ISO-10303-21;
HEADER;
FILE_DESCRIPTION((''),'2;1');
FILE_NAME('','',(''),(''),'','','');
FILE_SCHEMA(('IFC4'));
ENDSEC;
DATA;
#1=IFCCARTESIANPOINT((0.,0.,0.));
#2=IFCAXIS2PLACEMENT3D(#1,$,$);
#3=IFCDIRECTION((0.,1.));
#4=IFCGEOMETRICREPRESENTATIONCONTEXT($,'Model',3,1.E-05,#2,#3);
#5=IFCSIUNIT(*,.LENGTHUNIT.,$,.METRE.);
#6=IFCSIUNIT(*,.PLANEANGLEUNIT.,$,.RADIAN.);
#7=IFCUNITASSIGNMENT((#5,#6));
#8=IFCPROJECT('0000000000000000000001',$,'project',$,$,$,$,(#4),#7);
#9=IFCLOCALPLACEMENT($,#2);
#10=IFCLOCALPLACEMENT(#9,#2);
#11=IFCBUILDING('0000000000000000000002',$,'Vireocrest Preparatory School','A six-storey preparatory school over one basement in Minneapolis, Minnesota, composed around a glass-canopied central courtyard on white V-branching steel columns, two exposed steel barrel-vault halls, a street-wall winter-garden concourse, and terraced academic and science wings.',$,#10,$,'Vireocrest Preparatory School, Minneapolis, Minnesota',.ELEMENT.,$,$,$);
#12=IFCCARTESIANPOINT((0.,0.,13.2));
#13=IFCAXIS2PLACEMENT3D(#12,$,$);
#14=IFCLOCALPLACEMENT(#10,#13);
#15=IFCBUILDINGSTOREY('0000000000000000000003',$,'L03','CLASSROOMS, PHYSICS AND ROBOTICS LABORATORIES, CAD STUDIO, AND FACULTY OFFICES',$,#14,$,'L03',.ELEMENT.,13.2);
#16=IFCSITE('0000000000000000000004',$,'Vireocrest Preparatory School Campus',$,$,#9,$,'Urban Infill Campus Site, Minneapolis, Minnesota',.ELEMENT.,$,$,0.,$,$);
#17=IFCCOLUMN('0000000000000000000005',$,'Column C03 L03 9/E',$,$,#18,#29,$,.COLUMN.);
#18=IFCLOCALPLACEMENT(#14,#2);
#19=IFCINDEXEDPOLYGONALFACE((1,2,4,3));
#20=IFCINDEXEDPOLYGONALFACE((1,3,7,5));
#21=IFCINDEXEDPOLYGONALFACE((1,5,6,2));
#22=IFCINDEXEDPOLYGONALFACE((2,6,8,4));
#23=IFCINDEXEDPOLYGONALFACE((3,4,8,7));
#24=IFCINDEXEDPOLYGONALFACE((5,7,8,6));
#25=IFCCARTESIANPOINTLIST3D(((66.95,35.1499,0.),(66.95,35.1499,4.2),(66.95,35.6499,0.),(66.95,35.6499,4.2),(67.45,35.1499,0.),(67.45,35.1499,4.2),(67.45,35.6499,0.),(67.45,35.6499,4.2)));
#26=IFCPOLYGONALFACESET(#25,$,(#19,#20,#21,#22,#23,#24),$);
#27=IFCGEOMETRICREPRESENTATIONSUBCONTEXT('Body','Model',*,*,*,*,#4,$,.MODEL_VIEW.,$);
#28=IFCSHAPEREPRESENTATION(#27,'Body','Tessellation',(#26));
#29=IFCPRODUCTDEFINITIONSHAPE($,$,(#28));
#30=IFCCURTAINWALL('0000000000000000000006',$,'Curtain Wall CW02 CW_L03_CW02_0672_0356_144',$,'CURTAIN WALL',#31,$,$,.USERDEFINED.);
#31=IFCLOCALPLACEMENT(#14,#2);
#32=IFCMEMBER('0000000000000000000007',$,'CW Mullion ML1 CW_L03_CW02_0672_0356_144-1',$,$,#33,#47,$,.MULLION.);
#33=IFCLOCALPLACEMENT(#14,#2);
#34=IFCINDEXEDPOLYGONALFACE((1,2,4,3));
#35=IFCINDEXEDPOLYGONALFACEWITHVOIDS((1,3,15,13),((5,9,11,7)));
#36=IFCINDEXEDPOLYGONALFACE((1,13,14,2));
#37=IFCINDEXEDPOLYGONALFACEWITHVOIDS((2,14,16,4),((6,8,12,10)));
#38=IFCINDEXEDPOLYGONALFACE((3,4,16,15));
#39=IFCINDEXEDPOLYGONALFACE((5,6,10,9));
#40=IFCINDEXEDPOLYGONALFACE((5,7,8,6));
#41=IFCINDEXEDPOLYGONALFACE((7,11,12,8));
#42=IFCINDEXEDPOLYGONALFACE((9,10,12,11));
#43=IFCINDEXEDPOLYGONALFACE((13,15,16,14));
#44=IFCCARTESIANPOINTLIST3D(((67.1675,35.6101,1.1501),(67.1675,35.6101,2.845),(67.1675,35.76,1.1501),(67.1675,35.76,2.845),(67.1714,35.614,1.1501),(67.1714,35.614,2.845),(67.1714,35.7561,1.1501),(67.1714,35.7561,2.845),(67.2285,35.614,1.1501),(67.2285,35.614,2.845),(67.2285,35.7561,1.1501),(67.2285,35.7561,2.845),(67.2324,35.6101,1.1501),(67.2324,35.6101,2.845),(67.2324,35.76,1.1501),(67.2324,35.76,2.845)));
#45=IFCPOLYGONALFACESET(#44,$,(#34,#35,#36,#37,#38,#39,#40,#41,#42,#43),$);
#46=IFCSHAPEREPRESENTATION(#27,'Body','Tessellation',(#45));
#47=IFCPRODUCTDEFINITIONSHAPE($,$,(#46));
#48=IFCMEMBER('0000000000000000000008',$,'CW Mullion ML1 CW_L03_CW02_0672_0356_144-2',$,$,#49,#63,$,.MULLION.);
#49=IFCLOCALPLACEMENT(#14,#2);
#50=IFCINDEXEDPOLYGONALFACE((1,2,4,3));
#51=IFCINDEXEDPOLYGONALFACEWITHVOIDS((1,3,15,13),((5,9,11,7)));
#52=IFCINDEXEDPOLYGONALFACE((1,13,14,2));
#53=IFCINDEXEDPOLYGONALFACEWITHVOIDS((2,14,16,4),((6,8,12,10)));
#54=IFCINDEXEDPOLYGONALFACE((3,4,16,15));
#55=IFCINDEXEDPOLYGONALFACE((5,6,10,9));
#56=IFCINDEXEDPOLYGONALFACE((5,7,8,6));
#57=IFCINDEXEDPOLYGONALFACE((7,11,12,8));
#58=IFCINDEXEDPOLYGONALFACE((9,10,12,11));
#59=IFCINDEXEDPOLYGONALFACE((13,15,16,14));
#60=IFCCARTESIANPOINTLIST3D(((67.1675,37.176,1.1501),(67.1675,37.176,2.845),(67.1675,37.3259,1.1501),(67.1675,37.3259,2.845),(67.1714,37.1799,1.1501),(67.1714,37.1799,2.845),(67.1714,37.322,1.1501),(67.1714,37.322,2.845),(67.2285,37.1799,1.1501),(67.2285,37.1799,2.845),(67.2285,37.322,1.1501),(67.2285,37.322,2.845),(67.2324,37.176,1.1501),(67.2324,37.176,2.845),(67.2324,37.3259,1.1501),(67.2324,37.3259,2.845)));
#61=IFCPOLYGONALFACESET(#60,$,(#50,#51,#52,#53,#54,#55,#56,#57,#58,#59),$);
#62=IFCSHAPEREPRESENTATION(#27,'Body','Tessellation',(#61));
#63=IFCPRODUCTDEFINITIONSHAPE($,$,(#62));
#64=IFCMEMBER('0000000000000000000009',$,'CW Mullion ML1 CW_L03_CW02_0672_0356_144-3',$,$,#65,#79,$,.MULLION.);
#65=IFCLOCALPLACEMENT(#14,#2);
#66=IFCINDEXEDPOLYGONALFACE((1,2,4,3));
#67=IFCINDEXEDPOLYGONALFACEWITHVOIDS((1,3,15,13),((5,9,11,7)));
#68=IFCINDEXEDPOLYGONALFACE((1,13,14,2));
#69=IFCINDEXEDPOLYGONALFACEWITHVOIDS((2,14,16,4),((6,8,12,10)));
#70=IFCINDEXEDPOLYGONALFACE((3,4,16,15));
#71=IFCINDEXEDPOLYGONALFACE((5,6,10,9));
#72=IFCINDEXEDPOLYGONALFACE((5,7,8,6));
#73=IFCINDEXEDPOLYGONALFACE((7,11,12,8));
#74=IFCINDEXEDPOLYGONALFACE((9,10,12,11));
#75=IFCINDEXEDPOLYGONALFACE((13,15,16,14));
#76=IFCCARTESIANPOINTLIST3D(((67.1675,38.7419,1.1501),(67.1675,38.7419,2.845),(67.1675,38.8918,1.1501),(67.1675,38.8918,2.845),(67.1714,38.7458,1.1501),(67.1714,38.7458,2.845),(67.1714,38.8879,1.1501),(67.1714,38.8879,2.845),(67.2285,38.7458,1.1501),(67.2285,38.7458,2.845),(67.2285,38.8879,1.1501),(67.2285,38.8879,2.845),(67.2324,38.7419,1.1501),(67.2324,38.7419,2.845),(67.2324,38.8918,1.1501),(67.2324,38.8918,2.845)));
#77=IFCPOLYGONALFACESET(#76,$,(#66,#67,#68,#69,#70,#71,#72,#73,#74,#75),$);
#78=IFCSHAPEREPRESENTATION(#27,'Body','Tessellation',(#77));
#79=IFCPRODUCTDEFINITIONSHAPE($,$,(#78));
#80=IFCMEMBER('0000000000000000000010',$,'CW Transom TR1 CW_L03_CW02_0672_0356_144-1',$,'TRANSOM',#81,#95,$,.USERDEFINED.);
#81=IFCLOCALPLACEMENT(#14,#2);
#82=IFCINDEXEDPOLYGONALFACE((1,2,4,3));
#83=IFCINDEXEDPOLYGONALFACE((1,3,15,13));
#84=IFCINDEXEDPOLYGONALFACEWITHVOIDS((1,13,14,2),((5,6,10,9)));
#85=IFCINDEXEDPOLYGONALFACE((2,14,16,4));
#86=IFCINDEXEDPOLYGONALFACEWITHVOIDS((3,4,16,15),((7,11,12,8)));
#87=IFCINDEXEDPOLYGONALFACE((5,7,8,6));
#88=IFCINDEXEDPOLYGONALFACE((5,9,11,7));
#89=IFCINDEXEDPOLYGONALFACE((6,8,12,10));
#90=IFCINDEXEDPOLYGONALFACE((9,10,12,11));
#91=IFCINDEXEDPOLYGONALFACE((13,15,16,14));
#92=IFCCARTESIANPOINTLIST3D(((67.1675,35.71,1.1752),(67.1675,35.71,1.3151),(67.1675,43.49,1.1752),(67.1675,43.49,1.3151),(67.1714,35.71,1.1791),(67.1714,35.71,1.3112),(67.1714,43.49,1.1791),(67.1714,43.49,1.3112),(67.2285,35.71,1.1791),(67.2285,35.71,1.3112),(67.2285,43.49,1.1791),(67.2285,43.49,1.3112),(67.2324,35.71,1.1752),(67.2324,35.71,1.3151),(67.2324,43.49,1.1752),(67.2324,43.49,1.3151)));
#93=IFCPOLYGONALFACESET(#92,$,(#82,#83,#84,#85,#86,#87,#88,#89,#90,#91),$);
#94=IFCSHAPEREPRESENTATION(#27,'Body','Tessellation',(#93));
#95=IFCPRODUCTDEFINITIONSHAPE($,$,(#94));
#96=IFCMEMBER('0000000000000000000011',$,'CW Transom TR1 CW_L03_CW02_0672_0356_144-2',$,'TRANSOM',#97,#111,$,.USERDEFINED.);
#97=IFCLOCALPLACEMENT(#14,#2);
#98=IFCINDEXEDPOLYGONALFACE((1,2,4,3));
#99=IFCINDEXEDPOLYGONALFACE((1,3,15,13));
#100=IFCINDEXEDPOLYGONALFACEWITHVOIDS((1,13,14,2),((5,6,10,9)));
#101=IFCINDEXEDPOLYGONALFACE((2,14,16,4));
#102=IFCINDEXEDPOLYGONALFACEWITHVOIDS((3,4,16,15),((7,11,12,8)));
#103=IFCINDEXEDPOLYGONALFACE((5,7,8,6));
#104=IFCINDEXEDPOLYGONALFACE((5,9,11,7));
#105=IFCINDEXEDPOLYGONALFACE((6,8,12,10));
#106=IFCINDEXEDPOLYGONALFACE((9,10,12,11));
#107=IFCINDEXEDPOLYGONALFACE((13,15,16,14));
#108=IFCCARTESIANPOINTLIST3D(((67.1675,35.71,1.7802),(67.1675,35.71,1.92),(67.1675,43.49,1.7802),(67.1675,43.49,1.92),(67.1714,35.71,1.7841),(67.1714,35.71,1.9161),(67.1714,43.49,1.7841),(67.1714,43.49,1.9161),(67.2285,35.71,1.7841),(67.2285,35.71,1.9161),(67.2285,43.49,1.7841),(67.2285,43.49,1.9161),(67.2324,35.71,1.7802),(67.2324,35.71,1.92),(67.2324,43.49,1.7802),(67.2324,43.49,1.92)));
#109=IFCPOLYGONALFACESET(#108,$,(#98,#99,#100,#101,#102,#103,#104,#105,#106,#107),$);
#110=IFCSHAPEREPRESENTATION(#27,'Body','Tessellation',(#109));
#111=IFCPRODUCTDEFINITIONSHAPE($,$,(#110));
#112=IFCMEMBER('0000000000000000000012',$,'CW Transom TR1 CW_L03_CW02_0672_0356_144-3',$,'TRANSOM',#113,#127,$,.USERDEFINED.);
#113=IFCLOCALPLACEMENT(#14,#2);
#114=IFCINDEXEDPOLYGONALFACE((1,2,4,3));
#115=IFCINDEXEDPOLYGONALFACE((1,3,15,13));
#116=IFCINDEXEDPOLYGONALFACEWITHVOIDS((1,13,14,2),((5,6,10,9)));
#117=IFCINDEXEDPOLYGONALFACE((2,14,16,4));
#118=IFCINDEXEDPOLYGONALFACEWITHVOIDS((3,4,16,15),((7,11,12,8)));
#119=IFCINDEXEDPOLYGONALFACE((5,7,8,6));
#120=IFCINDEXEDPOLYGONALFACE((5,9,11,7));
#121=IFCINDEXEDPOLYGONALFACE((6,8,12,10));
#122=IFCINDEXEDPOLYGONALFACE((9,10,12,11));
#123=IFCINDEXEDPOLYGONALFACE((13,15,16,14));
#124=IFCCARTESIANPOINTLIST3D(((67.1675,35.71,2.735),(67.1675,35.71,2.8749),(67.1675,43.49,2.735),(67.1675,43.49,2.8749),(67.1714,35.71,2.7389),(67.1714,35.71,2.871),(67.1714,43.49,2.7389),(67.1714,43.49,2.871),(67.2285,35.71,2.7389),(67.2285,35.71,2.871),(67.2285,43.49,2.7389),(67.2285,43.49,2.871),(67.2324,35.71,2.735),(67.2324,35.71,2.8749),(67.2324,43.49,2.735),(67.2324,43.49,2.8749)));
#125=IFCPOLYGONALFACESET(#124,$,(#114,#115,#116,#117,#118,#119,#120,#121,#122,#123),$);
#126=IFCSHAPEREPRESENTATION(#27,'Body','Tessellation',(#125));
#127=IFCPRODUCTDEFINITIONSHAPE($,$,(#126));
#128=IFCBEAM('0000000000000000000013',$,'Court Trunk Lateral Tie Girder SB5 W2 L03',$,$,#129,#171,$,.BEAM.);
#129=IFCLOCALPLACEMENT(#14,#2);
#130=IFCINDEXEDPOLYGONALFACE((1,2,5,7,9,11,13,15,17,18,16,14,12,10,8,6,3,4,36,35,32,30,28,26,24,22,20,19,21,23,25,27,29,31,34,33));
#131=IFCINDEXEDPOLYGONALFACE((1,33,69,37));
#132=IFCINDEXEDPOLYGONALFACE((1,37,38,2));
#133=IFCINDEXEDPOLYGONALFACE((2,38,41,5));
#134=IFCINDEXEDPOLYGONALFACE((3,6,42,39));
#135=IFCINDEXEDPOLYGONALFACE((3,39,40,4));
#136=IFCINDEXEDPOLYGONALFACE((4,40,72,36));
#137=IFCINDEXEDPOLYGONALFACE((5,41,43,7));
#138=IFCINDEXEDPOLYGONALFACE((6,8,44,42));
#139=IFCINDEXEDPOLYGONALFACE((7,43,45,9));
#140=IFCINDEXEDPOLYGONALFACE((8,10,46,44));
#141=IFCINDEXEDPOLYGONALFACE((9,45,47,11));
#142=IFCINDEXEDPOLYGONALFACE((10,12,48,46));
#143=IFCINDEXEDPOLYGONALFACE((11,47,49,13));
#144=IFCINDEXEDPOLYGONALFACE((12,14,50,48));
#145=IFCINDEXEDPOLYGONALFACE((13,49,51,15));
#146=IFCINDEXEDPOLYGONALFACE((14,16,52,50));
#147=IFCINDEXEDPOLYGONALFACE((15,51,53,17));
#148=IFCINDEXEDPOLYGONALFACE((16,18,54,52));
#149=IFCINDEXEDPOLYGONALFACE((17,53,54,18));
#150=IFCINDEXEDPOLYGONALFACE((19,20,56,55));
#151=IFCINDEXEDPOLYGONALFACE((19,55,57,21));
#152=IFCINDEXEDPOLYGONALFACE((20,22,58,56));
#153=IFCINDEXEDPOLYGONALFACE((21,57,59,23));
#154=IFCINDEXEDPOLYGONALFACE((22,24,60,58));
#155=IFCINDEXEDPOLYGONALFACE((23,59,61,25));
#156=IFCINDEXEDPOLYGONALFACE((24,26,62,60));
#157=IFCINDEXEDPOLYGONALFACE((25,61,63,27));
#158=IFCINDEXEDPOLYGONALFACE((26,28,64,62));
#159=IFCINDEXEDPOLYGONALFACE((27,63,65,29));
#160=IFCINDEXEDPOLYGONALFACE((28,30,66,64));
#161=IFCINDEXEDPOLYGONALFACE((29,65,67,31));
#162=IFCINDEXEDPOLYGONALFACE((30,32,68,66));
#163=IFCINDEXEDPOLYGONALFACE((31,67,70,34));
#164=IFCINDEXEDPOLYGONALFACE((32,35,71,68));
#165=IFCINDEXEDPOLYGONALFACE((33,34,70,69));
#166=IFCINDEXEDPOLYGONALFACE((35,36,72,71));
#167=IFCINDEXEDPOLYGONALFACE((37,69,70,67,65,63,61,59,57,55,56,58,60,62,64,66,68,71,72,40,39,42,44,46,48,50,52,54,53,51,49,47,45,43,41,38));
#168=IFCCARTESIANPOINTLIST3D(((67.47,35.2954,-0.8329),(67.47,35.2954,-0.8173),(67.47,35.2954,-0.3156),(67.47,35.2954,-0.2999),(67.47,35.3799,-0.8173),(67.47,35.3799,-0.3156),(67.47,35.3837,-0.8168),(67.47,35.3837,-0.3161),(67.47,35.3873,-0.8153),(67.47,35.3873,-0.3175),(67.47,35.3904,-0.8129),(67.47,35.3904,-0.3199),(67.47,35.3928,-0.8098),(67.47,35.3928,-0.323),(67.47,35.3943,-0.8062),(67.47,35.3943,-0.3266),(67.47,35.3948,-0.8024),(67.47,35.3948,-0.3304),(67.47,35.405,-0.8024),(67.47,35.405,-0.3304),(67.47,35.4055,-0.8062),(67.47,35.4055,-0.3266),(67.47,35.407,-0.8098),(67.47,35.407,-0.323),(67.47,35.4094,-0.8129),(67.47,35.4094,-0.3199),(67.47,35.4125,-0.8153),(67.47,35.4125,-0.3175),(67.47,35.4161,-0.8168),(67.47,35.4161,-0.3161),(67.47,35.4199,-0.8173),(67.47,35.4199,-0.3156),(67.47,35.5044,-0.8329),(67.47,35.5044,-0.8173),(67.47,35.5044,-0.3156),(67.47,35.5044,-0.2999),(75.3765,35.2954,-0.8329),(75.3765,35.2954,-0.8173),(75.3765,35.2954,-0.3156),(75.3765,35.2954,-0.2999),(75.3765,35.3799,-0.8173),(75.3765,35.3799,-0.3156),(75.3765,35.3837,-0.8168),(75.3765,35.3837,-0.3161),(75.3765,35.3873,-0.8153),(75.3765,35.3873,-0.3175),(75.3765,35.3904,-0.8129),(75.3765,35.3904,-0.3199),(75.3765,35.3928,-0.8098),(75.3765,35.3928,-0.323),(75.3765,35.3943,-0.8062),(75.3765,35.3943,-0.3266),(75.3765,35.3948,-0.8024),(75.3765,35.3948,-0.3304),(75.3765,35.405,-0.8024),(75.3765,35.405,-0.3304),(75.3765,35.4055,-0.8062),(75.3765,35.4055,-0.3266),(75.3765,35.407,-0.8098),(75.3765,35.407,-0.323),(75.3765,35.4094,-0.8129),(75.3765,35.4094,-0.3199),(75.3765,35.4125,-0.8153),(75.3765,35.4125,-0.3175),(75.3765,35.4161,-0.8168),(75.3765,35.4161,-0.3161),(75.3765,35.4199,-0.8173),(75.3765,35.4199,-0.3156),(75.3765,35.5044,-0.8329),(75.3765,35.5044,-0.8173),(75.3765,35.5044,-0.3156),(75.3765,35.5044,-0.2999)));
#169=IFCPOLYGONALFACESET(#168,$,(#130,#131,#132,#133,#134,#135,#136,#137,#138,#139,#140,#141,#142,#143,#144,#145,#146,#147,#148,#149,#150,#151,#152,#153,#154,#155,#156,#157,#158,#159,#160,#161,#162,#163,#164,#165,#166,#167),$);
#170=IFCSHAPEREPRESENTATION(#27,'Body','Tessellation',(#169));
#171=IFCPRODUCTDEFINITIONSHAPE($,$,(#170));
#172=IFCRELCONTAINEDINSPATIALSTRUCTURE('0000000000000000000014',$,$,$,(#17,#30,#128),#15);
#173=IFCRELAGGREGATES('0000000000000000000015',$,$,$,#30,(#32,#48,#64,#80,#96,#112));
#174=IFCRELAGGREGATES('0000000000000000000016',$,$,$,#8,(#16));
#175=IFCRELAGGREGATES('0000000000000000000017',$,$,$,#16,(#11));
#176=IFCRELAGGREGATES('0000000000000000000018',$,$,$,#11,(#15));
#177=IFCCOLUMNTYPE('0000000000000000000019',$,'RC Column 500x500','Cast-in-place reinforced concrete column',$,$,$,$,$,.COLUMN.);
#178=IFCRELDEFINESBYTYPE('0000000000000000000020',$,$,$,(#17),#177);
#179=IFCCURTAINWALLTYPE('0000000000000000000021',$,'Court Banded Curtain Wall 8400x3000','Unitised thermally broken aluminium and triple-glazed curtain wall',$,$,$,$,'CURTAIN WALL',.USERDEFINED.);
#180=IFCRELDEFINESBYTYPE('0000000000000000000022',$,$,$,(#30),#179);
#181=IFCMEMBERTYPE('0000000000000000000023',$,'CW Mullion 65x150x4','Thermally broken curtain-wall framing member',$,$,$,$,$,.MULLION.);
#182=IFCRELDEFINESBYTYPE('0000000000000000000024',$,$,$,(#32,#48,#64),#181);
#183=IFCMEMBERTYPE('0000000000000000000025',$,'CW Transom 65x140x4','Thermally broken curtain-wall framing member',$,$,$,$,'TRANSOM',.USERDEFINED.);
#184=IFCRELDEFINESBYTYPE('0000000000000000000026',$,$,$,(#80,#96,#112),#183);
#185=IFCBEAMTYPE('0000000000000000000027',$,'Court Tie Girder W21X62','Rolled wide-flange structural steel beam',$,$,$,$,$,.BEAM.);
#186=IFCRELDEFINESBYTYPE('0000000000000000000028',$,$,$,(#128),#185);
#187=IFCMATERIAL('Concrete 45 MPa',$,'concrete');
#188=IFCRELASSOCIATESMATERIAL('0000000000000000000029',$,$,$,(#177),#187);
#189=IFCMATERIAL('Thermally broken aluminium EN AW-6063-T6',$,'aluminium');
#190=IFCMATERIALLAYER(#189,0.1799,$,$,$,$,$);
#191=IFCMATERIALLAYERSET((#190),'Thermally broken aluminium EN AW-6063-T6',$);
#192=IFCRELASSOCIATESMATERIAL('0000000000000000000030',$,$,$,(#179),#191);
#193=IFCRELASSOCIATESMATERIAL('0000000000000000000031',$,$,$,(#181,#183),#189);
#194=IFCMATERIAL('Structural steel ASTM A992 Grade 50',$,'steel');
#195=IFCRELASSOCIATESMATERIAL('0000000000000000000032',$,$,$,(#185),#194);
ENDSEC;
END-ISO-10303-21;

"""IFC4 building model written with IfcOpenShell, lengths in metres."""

from ifc_helpers import new_model, si_unit, direction, frame, origin, origin_2d, place, context, subcontext, project, spatial, rectangle, hollow_rectangle, i_section, extrude, material, layer, layer_set, material_profile, profile_set, type_object, element, aggregate, save


model = new_model("IFC4")

# Units and contexts
model_context = context("Model", 3, precision=1e-05, world=origin(), true_north=direction((0.0, 1.0)))
body_context = subcontext(model_context, "Body", "Model", "MODEL_VIEW")
ifc_project = project(units=[si_unit("LENGTHUNIT", "METRE"), si_unit("PLANEANGLEUNIT", "RADIAN")], contexts=[model_context])

# Site, building, storey
site_placement = place(None, origin())
site = spatial("IfcSite", under=ifc_project, at=site_placement, Name="Vireocrest Preparatory School Campus", LongName="Urban Infill Campus Site, Minneapolis, Minnesota", CompositionType="ELEMENT", RefElevation=0.0)
building_placement = place(site_placement, origin())
building = spatial("IfcBuilding", under=site, at=building_placement, Name="Vireocrest Preparatory School", Description="A six-storey preparatory school over one basement in Minneapolis, Minnesota, composed around a glass-canopied central courtyard on white V-branching steel columns, two exposed steel barrel-vault halls, a street-wall winter-garden concourse, and terraced academic and science wings.", LongName="Vireocrest Preparatory School, Minneapolis, Minnesota", CompositionType="ELEMENT")
storey_placement = place(building_placement, frame((0.0, 0.0, 13.2)))
storey = spatial("IfcBuildingStorey", under=building, at=storey_placement, Name="L03", Description="CLASSROOMS, PHYSICS AND ROBOTICS LABORATORIES, CAD STUDIO, AND FACULTY OFFICES", LongName="L03", CompositionType="ELEMENT", Elevation=13.2)

# Column
ifc_material_1 = material(Name="Concrete 45 MPa", Category="concrete")
ifc_material_profile_1 = material_profile(ifc_material_1, rectangle(XDim=0.5, YDim=0.5, at=origin_2d()), Name="RC 500x500")
ifc_profile_set_1 = profile_set([ifc_material_profile_1], Name="Concrete 45 MPa")
column_type = type_object("IfcColumnType", Name="RC Column 500x500", Description="Cast-in-place reinforced concrete column", PredefinedType="COLUMN", material=ifc_profile_set_1)
column_placement = place(storey_placement, frame((67.2, 35.3999, 0.0), z_axis=(0.0, 0.0, 1.0), x_axis=(1.0, 0.0, 0.0)))
element("IfcColumn", 1, at=column_placement, inside=storey, type_object=column_type, Name="Column C03 L03 9/E", PredefinedType="COLUMN", context=body_context, shape_type="SweptSolid", body=[
    extrude(rectangle(XDim=0.5, YDim=0.5, at=origin_2d()), origin(), (0.0, 0.0, 1.0), 4.2),
])

# Curtain wall, members
ifc_material_2 = material(Name="Thermally broken aluminium EN AW-6063-T6", Category="aluminium")
ifc_layer_1 = layer(ifc_material_2, 0.1799)
ifc_layer_set_1 = layer_set([ifc_layer_1], Name="Thermally broken aluminium EN AW-6063-T6")
curtain_wall_type = type_object("IfcCurtainWallType", Name="Court Banded Curtain Wall 8400x3000", Description="Unitised thermally broken aluminium and triple-glazed curtain wall", ElementType="CURTAIN WALL", PredefinedType="USERDEFINED", material=ifc_layer_set_1)
curtain_wall_placement = place(storey_placement, origin())
curtain_wall = element("IfcCurtainWall", 2, at=curtain_wall_placement, inside=storey, type_object=curtain_wall_type, Name="Curtain Wall CW02 CW_L03_CW02_0672_0356_144", ObjectType="CURTAIN WALL", PredefinedType="USERDEFINED")
ifc_material_profile_2 = material_profile(ifc_material_2, hollow_rectangle(XDim=0.0649, YDim=0.1499, WallThickness=0.0039, at=origin_2d()), Name="ALU 65x150x4")
ifc_profile_set_2 = profile_set([ifc_material_profile_2], Name="Thermally broken aluminium EN AW-6063-T6")
member_type_1 = type_object("IfcMemberType", Name="CW Mullion 65x150x4", Description="Thermally broken curtain-wall framing member", PredefinedType="MULLION", material=ifc_profile_set_2)
member_1_placement = place(storey_placement, frame((67.2, 35.6851, 1.1501), z_axis=(0.0, 0.0, 1.0), x_axis=(1.0, 0.0, 0.0)))
member_1 = element("IfcMember", 3, at=member_1_placement, type_object=member_type_1, Name="CW Mullion ML1 CW_L03_CW02_0672_0356_144-1", PredefinedType="MULLION", context=body_context, shape_type="SweptSolid", body=[
    extrude(hollow_rectangle(XDim=0.0649, YDim=0.1499, WallThickness=0.0039, at=origin_2d()), origin(), (0.0, 0.0, 1.0), 1.6948),
])
member_2_placement = place(storey_placement, frame((67.2, 37.251, 1.1501), z_axis=(0.0, 0.0, 1.0), x_axis=(1.0, 0.0, 0.0)))
member_2 = element("IfcMember", 4, at=member_2_placement, type_object=member_type_1, Name="CW Mullion ML1 CW_L03_CW02_0672_0356_144-2", PredefinedType="MULLION", context=body_context, shape_type="SweptSolid", body=[
    extrude(hollow_rectangle(XDim=0.0649, YDim=0.1499, WallThickness=0.0039, at=origin_2d()), origin(), (0.0, 0.0, 1.0), 1.6948),
])
member_3_placement = place(storey_placement, frame((67.2, 38.8169, 1.1501), z_axis=(0.0, 0.0, 1.0), x_axis=(1.0, 0.0, 0.0)))
member_3 = element("IfcMember", 5, at=member_3_placement, type_object=member_type_1, Name="CW Mullion ML1 CW_L03_CW02_0672_0356_144-3", PredefinedType="MULLION", context=body_context, shape_type="SweptSolid", body=[
    extrude(hollow_rectangle(XDim=0.0649, YDim=0.1499, WallThickness=0.0039, at=origin_2d()), origin(), (0.0, 0.0, 1.0), 1.6948),
])
ifc_material_profile_3 = material_profile(ifc_material_2, hollow_rectangle(XDim=0.0649, YDim=0.1399, WallThickness=0.0039, at=origin_2d()), Name="ALU 65x140x4")
ifc_profile_set_3 = profile_set([ifc_material_profile_3], Name="Thermally broken aluminium EN AW-6063-T6")
member_type_2 = type_object("IfcMemberType", Name="CW Transom 65x140x4", Description="Thermally broken curtain-wall framing member", ElementType="TRANSOM", PredefinedType="USERDEFINED", material=ifc_profile_set_3)
member_4_placement = place(storey_placement, frame((67.2, 35.71, 1.2451), z_axis=(0.0, 1.0, 0.0), x_axis=(-1.0, 0.0, 0.0)))
member_4 = element("IfcMember", 6, at=member_4_placement, type_object=member_type_2, Name="CW Transom TR1 CW_L03_CW02_0672_0356_144-1", ObjectType="TRANSOM", PredefinedType="USERDEFINED", context=body_context, shape_type="SweptSolid", body=[
    extrude(hollow_rectangle(XDim=0.0649, YDim=0.1399, WallThickness=0.0039, at=origin_2d()), origin(), (0.0, 0.0, 1.0), 7.78),
])
member_5_placement = place(storey_placement, frame((67.2, 35.71, 1.8501), z_axis=(0.0, 1.0, 0.0), x_axis=(-1.0, 0.0, 0.0)))
member_5 = element("IfcMember", 7, at=member_5_placement, type_object=member_type_2, Name="CW Transom TR1 CW_L03_CW02_0672_0356_144-2", ObjectType="TRANSOM", PredefinedType="USERDEFINED", context=body_context, shape_type="SweptSolid", body=[
    extrude(hollow_rectangle(XDim=0.0649, YDim=0.1399, WallThickness=0.0039, at=origin_2d()), origin(), (0.0, 0.0, 1.0), 7.78),
])
member_6_placement = place(storey_placement, frame((67.2, 35.71, 2.8049), z_axis=(0.0, 1.0, 0.0), x_axis=(-1.0, 0.0, 0.0)))
member_6 = element("IfcMember", 8, at=member_6_placement, type_object=member_type_2, Name="CW Transom TR1 CW_L03_CW02_0672_0356_144-3", ObjectType="TRANSOM", PredefinedType="USERDEFINED", context=body_context, shape_type="SweptSolid", body=[
    extrude(hollow_rectangle(XDim=0.0649, YDim=0.1399, WallThickness=0.0039, at=origin_2d()), origin(), (0.0, 0.0, 1.0), 7.78),
])

# Beam
ifc_material_3 = material(Name="Structural steel ASTM A992 Grade 50", Category="steel")
ifc_material_profile_4 = material_profile(ifc_material_3, i_section(OverallWidth=0.209, OverallDepth=0.533, WebThickness=0.0103, FlangeThickness=0.0156, FilletRadius=0.0149, at=origin_2d()), Name="W21X62")
ifc_profile_set_4 = profile_set([ifc_material_profile_4], Name="Structural steel ASTM A992 Grade 50")
beam_type_1 = type_object("IfcBeamType", Name="Court Tie Girder W21X62", Description="Rolled wide-flange structural steel beam", PredefinedType="BEAM", material=ifc_profile_set_4)
beam_1_placement = place(storey_placement, frame((67.47, 35.3999, -0.5664), z_axis=(1.0, 0.0, 0.0), x_axis=(0.0, 1.0, 0.0)))
element("IfcBeam", 9, at=beam_1_placement, inside=storey, type_object=beam_type_1, Name="Court Trunk Lateral Tie Girder SB5 W2 L03", PredefinedType="BEAM", context=body_context, shape_type="SweptSolid", body=[
    extrude(i_section(OverallWidth=0.209, OverallDepth=0.533, WebThickness=0.0103, FlangeThickness=0.0156, FilletRadius=0.0149, at=origin_2d()), origin(), (0.0, 0.0, 1.0), 7.9065),
])

aggregate(curtain_wall, [member_1, member_2, member_3, member_4, member_5, member_6])

save(model, "model.ifc")
